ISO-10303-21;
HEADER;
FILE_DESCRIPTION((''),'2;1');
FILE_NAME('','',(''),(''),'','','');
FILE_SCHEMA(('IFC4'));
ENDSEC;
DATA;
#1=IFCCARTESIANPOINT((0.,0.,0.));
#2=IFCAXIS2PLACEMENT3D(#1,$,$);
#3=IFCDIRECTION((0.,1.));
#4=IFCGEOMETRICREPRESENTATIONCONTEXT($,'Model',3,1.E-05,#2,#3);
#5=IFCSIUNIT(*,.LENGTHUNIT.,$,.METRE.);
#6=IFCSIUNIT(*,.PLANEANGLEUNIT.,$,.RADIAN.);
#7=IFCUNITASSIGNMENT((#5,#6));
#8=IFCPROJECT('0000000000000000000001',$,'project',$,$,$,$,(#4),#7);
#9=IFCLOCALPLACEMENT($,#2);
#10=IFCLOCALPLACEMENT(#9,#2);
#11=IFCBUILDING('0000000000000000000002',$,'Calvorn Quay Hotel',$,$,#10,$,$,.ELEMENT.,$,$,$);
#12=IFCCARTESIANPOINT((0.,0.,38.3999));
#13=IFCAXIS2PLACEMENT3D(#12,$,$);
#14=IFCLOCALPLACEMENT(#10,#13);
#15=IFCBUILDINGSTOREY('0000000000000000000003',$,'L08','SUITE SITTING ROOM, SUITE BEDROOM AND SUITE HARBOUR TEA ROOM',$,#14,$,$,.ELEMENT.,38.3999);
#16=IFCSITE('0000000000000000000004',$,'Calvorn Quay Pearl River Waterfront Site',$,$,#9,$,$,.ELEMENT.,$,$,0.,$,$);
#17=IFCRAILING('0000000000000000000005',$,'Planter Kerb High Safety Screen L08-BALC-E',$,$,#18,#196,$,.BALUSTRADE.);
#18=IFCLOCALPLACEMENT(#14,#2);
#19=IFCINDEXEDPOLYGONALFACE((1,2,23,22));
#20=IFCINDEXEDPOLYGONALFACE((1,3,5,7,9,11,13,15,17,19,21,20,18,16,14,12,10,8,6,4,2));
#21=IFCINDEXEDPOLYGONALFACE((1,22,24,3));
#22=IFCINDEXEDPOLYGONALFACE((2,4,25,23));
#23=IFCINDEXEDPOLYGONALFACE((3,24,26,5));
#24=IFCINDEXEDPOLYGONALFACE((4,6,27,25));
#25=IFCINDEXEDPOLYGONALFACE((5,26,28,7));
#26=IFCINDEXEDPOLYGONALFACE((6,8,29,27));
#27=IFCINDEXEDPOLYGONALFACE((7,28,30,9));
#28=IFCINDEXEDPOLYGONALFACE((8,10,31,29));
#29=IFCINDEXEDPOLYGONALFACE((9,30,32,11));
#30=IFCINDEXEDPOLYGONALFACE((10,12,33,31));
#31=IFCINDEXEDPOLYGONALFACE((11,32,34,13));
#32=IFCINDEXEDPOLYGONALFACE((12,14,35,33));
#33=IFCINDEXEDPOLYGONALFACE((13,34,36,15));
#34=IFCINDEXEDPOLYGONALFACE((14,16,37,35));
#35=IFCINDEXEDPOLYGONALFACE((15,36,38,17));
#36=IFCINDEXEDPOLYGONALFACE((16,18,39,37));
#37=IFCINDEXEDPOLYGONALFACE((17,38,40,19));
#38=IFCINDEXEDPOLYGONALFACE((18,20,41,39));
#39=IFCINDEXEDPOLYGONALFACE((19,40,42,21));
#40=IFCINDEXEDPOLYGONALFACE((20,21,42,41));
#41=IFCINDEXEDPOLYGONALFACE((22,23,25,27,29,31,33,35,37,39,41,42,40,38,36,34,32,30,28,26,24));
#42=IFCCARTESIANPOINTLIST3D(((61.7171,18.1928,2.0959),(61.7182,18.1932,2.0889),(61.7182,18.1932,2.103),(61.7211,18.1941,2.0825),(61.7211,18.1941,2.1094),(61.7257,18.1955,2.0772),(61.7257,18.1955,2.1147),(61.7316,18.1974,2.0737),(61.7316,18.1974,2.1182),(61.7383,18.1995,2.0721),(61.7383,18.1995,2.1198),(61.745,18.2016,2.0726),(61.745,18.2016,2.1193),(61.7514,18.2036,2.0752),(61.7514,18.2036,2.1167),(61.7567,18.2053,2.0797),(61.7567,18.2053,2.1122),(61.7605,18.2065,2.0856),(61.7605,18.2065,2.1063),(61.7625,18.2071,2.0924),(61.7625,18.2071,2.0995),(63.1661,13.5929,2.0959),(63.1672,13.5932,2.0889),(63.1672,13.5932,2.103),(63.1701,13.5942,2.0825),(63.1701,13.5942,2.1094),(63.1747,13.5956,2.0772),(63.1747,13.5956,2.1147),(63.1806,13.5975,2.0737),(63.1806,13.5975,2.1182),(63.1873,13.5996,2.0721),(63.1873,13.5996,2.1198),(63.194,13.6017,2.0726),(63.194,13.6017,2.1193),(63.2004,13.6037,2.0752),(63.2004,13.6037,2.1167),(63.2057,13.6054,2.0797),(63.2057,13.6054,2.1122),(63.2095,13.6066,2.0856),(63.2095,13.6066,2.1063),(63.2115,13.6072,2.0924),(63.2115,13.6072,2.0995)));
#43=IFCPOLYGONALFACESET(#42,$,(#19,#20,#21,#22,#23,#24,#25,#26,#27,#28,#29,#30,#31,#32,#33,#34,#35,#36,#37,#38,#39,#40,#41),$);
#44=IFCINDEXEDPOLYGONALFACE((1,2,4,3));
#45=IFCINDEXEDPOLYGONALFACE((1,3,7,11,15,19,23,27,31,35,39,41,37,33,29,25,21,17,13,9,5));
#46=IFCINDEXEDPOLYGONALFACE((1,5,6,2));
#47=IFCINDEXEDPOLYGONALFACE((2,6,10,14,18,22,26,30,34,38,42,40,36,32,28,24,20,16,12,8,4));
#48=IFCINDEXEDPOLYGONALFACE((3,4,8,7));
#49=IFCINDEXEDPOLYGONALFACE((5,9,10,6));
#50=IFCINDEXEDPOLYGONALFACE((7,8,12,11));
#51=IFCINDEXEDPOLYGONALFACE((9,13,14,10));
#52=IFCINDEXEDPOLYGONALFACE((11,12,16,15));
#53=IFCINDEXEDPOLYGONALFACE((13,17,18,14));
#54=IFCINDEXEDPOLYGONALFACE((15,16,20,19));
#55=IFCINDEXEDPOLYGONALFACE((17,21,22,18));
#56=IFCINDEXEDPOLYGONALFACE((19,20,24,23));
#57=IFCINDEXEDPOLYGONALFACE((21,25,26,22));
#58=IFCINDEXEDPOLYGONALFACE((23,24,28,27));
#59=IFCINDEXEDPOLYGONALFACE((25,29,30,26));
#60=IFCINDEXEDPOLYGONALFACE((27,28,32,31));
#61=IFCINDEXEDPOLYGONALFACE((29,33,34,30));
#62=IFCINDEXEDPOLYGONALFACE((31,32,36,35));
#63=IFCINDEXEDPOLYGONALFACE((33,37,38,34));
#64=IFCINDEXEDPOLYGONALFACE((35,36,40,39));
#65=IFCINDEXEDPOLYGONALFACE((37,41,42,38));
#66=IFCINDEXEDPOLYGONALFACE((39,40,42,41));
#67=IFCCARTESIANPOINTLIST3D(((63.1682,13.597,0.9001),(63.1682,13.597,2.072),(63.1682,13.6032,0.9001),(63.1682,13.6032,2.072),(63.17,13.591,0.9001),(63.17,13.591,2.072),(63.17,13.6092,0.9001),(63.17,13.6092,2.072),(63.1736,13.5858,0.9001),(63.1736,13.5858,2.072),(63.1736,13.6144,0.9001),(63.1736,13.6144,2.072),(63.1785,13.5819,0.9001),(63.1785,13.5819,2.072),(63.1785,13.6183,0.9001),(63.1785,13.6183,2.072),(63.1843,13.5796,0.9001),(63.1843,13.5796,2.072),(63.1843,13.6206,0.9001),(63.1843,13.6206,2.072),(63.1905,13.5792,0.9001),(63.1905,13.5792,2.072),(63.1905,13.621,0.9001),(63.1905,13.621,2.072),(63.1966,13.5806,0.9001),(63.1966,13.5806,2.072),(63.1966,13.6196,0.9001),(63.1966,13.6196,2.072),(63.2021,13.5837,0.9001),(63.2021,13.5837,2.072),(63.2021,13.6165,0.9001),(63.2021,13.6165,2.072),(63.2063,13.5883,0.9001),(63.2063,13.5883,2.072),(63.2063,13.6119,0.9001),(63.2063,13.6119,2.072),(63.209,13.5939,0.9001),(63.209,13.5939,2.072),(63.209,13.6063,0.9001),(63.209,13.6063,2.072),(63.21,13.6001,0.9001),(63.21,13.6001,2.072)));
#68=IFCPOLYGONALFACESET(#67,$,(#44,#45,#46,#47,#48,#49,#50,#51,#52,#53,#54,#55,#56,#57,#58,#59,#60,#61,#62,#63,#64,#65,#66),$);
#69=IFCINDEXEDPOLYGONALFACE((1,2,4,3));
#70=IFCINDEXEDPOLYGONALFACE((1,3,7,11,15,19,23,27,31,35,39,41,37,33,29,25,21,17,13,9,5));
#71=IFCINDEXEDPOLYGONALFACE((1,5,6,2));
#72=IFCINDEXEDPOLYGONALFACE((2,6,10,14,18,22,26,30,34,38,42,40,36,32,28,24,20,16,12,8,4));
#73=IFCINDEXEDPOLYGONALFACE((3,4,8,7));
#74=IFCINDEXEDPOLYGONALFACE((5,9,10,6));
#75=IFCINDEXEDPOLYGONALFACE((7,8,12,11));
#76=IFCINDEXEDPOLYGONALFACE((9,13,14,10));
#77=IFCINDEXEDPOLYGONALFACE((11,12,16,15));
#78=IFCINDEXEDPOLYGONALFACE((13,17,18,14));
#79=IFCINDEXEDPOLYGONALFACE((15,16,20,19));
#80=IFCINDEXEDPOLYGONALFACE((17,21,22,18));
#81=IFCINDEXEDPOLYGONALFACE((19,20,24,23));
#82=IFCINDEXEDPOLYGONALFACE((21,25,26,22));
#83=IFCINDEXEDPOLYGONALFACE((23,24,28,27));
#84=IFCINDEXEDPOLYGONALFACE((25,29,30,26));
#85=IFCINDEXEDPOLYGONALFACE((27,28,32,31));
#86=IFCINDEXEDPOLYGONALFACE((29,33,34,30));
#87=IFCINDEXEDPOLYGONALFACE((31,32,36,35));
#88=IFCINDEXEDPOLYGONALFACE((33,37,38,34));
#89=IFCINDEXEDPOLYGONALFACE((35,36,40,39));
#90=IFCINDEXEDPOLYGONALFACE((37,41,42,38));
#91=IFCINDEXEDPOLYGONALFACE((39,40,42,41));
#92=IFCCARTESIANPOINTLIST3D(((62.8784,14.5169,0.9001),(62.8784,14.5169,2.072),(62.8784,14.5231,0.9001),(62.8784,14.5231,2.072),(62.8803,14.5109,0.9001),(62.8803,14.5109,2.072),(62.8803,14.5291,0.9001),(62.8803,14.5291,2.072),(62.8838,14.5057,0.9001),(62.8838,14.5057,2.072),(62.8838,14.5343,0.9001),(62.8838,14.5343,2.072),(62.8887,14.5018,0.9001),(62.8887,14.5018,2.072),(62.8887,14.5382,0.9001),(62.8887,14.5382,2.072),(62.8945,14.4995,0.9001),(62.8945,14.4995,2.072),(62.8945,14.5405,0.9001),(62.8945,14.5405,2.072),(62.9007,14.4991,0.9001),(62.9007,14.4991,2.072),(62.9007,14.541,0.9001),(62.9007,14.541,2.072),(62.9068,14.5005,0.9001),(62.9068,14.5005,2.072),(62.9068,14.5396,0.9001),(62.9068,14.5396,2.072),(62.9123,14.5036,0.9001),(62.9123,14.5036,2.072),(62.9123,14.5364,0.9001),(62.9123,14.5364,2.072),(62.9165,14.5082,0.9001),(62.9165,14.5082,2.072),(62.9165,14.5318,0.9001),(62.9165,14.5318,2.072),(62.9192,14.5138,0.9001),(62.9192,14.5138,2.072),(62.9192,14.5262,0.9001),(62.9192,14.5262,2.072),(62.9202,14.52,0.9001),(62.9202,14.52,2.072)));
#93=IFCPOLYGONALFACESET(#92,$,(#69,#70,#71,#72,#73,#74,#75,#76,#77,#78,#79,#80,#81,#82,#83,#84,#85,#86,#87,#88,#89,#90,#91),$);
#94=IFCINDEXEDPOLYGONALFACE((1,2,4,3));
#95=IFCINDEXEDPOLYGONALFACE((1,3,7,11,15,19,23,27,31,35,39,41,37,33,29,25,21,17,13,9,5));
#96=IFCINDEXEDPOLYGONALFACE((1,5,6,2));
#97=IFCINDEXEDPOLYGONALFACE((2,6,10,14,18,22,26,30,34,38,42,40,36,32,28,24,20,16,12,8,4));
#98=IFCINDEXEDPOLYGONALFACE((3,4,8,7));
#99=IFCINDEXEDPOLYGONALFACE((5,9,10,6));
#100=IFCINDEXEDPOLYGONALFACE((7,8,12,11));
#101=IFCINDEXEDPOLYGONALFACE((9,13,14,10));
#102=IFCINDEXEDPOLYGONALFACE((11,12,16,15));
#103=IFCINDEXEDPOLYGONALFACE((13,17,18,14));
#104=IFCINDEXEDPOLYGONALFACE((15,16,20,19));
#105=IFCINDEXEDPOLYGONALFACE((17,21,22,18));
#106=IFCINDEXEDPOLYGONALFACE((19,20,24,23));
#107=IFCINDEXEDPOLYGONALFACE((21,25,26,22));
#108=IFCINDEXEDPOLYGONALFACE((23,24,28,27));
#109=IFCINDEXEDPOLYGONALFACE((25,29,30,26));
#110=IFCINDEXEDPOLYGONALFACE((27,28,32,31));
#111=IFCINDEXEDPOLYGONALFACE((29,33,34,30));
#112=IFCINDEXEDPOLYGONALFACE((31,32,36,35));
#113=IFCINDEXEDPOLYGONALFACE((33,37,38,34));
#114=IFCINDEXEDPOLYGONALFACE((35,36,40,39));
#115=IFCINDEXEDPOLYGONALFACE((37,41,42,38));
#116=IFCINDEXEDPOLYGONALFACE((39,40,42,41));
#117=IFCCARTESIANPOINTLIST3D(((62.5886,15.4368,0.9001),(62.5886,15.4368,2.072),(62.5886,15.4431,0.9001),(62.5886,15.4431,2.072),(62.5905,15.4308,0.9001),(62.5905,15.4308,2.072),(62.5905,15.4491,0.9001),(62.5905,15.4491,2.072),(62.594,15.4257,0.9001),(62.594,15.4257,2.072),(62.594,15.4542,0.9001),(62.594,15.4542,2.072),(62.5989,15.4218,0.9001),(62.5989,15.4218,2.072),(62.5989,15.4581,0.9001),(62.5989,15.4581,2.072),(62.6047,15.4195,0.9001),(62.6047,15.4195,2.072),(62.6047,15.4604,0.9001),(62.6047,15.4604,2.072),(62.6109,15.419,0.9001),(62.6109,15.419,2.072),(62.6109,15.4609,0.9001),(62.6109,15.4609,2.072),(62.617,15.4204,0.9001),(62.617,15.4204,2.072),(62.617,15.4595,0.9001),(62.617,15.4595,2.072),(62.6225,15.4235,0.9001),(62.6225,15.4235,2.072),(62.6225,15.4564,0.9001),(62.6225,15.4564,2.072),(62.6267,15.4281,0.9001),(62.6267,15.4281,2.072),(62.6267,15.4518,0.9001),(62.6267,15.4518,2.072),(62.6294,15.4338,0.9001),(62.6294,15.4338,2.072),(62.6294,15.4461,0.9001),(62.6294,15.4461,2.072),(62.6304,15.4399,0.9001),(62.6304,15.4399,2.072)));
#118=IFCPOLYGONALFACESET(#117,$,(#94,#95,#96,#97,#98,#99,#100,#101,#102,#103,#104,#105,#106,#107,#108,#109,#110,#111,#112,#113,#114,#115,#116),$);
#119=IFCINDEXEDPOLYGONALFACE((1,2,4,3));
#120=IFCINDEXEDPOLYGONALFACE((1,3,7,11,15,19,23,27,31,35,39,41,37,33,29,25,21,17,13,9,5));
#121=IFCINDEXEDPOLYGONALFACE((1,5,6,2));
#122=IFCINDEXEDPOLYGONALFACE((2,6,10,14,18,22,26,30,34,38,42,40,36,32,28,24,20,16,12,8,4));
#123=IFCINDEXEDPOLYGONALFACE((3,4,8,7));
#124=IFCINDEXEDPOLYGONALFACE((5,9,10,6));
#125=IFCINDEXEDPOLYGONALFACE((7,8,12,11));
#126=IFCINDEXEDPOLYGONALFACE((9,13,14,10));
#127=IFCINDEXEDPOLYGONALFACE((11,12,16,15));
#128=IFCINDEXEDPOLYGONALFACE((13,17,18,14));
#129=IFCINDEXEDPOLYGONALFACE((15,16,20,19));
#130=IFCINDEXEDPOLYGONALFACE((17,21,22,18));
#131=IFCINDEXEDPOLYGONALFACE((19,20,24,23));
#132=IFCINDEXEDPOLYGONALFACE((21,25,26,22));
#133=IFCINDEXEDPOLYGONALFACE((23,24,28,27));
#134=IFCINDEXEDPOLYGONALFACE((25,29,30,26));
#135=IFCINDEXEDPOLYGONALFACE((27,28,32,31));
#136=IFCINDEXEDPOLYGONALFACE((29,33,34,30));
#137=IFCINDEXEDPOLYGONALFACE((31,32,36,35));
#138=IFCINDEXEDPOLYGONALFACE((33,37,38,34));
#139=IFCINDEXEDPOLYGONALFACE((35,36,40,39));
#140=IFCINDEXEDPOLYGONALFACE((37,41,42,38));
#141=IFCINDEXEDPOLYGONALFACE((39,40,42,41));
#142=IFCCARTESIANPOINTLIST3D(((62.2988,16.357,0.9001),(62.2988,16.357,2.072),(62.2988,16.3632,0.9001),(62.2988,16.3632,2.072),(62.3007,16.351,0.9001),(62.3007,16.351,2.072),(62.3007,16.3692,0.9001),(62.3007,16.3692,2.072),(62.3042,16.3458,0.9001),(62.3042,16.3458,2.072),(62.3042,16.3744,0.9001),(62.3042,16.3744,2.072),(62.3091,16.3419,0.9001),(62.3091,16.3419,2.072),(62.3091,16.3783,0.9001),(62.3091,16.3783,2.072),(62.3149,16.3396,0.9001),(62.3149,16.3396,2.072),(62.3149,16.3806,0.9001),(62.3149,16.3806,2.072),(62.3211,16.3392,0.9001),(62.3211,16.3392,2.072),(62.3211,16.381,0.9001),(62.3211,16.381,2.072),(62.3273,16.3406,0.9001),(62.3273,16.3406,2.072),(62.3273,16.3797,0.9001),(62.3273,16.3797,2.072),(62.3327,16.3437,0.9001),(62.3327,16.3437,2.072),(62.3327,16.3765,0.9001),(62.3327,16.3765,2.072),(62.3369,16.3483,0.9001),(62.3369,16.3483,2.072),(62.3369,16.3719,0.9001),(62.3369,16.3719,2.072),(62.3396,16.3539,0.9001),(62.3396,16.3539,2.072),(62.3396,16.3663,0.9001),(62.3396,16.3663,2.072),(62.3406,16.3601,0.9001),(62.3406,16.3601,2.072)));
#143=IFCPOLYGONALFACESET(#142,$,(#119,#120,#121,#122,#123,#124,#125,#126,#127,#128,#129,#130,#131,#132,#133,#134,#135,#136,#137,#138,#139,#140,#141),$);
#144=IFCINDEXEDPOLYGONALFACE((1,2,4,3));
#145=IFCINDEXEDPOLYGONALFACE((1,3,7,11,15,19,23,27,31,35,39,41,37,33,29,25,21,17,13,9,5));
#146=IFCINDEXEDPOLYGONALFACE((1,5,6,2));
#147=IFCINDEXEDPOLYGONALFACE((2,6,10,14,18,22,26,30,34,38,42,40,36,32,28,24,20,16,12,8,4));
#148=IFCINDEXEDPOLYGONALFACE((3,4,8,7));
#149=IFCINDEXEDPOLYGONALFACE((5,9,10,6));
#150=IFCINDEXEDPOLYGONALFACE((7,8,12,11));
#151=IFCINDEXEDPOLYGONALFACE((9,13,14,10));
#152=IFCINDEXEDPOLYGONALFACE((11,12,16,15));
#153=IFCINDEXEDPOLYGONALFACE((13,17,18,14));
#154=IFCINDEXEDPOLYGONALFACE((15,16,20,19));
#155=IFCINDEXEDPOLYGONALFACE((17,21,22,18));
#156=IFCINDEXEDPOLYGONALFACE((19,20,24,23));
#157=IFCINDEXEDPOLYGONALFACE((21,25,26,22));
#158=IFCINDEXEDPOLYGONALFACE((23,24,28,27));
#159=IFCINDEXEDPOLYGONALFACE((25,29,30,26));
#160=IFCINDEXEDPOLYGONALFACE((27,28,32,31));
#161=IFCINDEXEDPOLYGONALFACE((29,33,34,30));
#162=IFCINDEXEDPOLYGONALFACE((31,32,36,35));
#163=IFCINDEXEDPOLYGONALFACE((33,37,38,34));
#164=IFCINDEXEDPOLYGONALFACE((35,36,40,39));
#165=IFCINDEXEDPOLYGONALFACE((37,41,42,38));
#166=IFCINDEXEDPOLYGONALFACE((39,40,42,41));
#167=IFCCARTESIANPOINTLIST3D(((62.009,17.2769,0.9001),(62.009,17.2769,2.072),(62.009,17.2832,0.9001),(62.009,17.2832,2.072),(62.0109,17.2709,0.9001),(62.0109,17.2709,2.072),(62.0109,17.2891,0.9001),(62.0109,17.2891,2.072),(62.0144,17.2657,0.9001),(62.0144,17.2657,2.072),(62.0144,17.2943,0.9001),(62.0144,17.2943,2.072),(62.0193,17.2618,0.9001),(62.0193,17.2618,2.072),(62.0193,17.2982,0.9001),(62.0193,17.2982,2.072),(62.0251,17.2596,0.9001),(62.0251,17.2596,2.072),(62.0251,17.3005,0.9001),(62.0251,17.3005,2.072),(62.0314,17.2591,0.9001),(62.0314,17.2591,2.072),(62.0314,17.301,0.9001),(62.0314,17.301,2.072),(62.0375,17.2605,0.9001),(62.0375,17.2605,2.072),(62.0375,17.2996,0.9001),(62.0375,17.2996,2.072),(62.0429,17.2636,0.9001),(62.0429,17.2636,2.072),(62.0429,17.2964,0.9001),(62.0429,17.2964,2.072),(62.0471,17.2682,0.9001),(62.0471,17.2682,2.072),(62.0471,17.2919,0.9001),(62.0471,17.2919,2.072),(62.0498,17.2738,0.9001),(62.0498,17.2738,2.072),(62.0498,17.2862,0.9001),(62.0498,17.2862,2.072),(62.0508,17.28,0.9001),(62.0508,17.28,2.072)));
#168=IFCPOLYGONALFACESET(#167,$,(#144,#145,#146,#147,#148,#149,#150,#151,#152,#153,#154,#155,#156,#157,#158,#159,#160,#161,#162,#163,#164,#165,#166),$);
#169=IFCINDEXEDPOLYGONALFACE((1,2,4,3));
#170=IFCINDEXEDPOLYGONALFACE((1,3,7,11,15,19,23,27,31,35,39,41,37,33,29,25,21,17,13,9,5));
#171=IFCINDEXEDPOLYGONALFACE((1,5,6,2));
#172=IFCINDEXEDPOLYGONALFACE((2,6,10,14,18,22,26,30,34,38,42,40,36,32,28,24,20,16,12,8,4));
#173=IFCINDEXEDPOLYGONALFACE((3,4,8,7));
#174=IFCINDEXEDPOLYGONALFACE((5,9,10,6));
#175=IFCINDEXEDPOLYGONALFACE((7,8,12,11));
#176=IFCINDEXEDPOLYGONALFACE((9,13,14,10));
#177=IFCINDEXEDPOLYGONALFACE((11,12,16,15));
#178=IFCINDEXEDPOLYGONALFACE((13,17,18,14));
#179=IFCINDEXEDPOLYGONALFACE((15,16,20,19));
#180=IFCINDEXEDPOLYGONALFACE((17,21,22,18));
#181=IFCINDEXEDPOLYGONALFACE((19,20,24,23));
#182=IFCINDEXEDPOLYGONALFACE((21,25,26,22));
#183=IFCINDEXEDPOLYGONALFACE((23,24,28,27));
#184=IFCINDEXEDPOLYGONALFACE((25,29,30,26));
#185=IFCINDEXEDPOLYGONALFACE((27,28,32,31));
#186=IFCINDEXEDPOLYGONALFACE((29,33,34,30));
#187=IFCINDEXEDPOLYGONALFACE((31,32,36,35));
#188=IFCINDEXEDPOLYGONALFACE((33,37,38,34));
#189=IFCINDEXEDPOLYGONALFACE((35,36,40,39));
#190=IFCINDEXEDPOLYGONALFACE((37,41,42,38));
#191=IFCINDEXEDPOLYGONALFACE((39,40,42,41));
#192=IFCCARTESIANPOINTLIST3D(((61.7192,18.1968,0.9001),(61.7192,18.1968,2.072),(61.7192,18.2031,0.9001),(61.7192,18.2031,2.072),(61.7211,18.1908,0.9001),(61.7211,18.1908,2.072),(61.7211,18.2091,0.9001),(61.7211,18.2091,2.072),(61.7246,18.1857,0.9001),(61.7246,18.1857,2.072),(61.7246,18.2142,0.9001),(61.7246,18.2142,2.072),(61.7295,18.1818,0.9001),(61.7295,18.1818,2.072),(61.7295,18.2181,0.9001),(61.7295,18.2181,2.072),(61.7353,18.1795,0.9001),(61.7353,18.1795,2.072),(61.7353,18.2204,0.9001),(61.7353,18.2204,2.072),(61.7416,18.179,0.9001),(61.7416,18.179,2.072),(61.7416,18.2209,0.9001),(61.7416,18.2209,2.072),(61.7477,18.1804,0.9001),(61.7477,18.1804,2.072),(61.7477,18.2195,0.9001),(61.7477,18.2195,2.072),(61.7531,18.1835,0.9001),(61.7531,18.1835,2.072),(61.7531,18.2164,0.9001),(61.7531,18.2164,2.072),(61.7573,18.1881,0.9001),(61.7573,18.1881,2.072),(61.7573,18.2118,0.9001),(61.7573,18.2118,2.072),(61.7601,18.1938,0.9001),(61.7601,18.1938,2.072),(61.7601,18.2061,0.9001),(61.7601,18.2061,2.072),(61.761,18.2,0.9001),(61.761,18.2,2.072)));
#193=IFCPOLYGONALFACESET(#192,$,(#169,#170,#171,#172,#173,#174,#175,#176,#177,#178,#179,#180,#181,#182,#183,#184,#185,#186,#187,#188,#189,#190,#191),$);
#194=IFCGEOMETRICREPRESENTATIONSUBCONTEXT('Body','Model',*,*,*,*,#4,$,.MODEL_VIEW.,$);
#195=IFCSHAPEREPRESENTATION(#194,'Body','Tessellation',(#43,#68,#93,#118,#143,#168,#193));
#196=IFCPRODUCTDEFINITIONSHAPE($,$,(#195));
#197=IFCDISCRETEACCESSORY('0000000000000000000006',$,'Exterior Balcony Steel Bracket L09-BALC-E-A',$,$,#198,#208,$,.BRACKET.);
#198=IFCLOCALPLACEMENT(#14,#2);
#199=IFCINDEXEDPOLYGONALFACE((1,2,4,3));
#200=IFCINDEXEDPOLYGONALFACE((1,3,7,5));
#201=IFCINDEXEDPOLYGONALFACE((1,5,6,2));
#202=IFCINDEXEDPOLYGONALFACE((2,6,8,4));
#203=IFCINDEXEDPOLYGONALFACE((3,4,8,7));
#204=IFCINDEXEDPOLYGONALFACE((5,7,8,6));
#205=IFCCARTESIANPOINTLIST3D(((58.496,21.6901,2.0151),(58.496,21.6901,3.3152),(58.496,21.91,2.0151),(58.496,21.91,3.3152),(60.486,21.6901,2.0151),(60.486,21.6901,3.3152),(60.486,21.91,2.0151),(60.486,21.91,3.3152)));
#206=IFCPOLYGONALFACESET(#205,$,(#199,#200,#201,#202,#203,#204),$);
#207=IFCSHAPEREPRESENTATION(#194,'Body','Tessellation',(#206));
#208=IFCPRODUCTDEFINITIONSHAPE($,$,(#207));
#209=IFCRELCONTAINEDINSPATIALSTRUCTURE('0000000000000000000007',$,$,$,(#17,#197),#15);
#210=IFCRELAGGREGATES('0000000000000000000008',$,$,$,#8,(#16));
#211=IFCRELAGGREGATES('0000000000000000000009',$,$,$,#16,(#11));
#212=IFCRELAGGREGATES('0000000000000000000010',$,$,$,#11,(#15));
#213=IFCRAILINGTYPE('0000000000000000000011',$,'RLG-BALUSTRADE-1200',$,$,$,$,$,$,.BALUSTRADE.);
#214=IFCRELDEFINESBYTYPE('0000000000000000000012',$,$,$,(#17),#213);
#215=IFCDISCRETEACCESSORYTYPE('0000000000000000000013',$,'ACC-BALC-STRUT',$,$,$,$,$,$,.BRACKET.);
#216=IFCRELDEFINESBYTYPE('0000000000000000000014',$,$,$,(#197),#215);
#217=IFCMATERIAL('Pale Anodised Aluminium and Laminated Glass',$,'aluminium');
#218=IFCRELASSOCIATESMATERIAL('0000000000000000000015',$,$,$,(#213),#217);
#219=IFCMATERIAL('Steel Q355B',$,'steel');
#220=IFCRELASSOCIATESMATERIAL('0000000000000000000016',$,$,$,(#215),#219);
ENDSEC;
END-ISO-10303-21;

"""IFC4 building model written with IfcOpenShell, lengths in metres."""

from ifc_helpers import new_model, si_unit, direction, frame, origin, origin_2d, place, context, subcontext, project, spatial, rectangle, circle, extrude, material, type_object, element, save


model = new_model("IFC4")

# Units and contexts
model_context = context("Model", 3, precision=1e-05, world=origin(), true_north=direction((0.0, 1.0)))
body_context = subcontext(model_context, "Body", "Model", "MODEL_VIEW")
ifc_project = project(units=[si_unit("LENGTHUNIT", "METRE"), si_unit("PLANEANGLEUNIT", "RADIAN")], contexts=[model_context])

# Site, building, storey
site_placement = place(None, origin())
site = spatial("IfcSite", under=ifc_project, at=site_placement, Name="Calvorn Quay Pearl River Waterfront Site", CompositionType="ELEMENT", RefElevation=0.0)
building_placement = place(site_placement, origin())
building = spatial("IfcBuilding", under=site, at=building_placement, Name="Calvorn Quay Hotel", CompositionType="ELEMENT")
storey_placement = place(building_placement, frame((0.0, 0.0, 38.3999)))
storey = spatial("IfcBuildingStorey", under=building, at=storey_placement, Name="L08", Description="SUITE SITTING ROOM, SUITE BEDROOM AND SUITE HARBOUR TEA ROOM", CompositionType="ELEMENT", Elevation=38.3999)

# Railing
ifc_material_1 = material(Name="Pale Anodised Aluminium and Laminated Glass", Category="aluminium")
railing_type = type_object("IfcRailingType", Name="RLG-BALUSTRADE-1200", PredefinedType="BALUSTRADE", material=ifc_material_1)
railing_1_placement = place(storey_placement, frame((63.189, 13.6001, 0.9001)))
element("IfcRailing", 1, at=railing_1_placement, inside=storey, type_object=railing_type, Name="Planter Kerb High Safety Screen L08-BALC-E", PredefinedType="BALUSTRADE", context=body_context, shape_type="SweptSolid", body=[
    extrude(circle(Radius=0.0239, at=origin_2d()), frame((0.0, 0.0, 1.1958), z_axis=(-0.30045, 0.953797, 0.0), x_axis=(-0.953797, -0.30045, 0.0)), (0.0, 0.0, 1.0), 4.8228),
    extrude(circle(Radius=0.021, at=origin_2d()), origin(), (0.0, 0.0, 1.0), 1.1719),
    extrude(circle(Radius=0.021, at=origin_2d()), frame((-0.2898, 0.9199, 0.0)), (0.0, 0.0, 1.0), 1.1719),
    extrude(circle(Radius=0.021, at=origin_2d()), frame((-0.5796, 1.8398, 0.0)), (0.0, 0.0, 1.0), 1.1719),
    extrude(circle(Radius=0.021, at=origin_2d()), frame((-0.8694, 2.76, 0.0)), (0.0, 0.0, 1.0), 1.1719),
    extrude(circle(Radius=0.021, at=origin_2d()), frame((-1.1592, 3.6799, 0.0)), (0.0, 0.0, 1.0), 1.1719),
    extrude(circle(Radius=0.021, at=origin_2d()), frame((-1.449, 4.5999, 0.0)), (0.0, 0.0, 1.0), 1.1719),
])

# Discrete accessory
ifc_material_2 = material(Name="Steel Q355B", Category="steel")
discrete_accessory_type_1 = type_object("IfcDiscreteAccessoryType", Name="ACC-BALC-STRUT", PredefinedType="BRACKET", material=ifc_material_2)
for number, where, z_axis, x_axis, name in (
    (2, (59.491, 21.8, 2.0151), (0.0, 0.0, 1.0), (1.0, 0.0, 0.0), "Exterior Balcony Steel Bracket L09-BALC-E-A"),
):
    element("IfcDiscreteAccessory", number, at=place(storey_placement, frame(where, z_axis=z_axis, x_axis=x_axis)), inside=storey, type_object=discrete_accessory_type_1, Name=name, PredefinedType="BRACKET", context=body_context, shape_type="SweptSolid", body=[
        extrude(rectangle(XDim=1.99, YDim=0.22, at=origin_2d()), origin(), (0.0, 0.0, 1.0), 1.3),
    ])

save(model, "model.ifc")
